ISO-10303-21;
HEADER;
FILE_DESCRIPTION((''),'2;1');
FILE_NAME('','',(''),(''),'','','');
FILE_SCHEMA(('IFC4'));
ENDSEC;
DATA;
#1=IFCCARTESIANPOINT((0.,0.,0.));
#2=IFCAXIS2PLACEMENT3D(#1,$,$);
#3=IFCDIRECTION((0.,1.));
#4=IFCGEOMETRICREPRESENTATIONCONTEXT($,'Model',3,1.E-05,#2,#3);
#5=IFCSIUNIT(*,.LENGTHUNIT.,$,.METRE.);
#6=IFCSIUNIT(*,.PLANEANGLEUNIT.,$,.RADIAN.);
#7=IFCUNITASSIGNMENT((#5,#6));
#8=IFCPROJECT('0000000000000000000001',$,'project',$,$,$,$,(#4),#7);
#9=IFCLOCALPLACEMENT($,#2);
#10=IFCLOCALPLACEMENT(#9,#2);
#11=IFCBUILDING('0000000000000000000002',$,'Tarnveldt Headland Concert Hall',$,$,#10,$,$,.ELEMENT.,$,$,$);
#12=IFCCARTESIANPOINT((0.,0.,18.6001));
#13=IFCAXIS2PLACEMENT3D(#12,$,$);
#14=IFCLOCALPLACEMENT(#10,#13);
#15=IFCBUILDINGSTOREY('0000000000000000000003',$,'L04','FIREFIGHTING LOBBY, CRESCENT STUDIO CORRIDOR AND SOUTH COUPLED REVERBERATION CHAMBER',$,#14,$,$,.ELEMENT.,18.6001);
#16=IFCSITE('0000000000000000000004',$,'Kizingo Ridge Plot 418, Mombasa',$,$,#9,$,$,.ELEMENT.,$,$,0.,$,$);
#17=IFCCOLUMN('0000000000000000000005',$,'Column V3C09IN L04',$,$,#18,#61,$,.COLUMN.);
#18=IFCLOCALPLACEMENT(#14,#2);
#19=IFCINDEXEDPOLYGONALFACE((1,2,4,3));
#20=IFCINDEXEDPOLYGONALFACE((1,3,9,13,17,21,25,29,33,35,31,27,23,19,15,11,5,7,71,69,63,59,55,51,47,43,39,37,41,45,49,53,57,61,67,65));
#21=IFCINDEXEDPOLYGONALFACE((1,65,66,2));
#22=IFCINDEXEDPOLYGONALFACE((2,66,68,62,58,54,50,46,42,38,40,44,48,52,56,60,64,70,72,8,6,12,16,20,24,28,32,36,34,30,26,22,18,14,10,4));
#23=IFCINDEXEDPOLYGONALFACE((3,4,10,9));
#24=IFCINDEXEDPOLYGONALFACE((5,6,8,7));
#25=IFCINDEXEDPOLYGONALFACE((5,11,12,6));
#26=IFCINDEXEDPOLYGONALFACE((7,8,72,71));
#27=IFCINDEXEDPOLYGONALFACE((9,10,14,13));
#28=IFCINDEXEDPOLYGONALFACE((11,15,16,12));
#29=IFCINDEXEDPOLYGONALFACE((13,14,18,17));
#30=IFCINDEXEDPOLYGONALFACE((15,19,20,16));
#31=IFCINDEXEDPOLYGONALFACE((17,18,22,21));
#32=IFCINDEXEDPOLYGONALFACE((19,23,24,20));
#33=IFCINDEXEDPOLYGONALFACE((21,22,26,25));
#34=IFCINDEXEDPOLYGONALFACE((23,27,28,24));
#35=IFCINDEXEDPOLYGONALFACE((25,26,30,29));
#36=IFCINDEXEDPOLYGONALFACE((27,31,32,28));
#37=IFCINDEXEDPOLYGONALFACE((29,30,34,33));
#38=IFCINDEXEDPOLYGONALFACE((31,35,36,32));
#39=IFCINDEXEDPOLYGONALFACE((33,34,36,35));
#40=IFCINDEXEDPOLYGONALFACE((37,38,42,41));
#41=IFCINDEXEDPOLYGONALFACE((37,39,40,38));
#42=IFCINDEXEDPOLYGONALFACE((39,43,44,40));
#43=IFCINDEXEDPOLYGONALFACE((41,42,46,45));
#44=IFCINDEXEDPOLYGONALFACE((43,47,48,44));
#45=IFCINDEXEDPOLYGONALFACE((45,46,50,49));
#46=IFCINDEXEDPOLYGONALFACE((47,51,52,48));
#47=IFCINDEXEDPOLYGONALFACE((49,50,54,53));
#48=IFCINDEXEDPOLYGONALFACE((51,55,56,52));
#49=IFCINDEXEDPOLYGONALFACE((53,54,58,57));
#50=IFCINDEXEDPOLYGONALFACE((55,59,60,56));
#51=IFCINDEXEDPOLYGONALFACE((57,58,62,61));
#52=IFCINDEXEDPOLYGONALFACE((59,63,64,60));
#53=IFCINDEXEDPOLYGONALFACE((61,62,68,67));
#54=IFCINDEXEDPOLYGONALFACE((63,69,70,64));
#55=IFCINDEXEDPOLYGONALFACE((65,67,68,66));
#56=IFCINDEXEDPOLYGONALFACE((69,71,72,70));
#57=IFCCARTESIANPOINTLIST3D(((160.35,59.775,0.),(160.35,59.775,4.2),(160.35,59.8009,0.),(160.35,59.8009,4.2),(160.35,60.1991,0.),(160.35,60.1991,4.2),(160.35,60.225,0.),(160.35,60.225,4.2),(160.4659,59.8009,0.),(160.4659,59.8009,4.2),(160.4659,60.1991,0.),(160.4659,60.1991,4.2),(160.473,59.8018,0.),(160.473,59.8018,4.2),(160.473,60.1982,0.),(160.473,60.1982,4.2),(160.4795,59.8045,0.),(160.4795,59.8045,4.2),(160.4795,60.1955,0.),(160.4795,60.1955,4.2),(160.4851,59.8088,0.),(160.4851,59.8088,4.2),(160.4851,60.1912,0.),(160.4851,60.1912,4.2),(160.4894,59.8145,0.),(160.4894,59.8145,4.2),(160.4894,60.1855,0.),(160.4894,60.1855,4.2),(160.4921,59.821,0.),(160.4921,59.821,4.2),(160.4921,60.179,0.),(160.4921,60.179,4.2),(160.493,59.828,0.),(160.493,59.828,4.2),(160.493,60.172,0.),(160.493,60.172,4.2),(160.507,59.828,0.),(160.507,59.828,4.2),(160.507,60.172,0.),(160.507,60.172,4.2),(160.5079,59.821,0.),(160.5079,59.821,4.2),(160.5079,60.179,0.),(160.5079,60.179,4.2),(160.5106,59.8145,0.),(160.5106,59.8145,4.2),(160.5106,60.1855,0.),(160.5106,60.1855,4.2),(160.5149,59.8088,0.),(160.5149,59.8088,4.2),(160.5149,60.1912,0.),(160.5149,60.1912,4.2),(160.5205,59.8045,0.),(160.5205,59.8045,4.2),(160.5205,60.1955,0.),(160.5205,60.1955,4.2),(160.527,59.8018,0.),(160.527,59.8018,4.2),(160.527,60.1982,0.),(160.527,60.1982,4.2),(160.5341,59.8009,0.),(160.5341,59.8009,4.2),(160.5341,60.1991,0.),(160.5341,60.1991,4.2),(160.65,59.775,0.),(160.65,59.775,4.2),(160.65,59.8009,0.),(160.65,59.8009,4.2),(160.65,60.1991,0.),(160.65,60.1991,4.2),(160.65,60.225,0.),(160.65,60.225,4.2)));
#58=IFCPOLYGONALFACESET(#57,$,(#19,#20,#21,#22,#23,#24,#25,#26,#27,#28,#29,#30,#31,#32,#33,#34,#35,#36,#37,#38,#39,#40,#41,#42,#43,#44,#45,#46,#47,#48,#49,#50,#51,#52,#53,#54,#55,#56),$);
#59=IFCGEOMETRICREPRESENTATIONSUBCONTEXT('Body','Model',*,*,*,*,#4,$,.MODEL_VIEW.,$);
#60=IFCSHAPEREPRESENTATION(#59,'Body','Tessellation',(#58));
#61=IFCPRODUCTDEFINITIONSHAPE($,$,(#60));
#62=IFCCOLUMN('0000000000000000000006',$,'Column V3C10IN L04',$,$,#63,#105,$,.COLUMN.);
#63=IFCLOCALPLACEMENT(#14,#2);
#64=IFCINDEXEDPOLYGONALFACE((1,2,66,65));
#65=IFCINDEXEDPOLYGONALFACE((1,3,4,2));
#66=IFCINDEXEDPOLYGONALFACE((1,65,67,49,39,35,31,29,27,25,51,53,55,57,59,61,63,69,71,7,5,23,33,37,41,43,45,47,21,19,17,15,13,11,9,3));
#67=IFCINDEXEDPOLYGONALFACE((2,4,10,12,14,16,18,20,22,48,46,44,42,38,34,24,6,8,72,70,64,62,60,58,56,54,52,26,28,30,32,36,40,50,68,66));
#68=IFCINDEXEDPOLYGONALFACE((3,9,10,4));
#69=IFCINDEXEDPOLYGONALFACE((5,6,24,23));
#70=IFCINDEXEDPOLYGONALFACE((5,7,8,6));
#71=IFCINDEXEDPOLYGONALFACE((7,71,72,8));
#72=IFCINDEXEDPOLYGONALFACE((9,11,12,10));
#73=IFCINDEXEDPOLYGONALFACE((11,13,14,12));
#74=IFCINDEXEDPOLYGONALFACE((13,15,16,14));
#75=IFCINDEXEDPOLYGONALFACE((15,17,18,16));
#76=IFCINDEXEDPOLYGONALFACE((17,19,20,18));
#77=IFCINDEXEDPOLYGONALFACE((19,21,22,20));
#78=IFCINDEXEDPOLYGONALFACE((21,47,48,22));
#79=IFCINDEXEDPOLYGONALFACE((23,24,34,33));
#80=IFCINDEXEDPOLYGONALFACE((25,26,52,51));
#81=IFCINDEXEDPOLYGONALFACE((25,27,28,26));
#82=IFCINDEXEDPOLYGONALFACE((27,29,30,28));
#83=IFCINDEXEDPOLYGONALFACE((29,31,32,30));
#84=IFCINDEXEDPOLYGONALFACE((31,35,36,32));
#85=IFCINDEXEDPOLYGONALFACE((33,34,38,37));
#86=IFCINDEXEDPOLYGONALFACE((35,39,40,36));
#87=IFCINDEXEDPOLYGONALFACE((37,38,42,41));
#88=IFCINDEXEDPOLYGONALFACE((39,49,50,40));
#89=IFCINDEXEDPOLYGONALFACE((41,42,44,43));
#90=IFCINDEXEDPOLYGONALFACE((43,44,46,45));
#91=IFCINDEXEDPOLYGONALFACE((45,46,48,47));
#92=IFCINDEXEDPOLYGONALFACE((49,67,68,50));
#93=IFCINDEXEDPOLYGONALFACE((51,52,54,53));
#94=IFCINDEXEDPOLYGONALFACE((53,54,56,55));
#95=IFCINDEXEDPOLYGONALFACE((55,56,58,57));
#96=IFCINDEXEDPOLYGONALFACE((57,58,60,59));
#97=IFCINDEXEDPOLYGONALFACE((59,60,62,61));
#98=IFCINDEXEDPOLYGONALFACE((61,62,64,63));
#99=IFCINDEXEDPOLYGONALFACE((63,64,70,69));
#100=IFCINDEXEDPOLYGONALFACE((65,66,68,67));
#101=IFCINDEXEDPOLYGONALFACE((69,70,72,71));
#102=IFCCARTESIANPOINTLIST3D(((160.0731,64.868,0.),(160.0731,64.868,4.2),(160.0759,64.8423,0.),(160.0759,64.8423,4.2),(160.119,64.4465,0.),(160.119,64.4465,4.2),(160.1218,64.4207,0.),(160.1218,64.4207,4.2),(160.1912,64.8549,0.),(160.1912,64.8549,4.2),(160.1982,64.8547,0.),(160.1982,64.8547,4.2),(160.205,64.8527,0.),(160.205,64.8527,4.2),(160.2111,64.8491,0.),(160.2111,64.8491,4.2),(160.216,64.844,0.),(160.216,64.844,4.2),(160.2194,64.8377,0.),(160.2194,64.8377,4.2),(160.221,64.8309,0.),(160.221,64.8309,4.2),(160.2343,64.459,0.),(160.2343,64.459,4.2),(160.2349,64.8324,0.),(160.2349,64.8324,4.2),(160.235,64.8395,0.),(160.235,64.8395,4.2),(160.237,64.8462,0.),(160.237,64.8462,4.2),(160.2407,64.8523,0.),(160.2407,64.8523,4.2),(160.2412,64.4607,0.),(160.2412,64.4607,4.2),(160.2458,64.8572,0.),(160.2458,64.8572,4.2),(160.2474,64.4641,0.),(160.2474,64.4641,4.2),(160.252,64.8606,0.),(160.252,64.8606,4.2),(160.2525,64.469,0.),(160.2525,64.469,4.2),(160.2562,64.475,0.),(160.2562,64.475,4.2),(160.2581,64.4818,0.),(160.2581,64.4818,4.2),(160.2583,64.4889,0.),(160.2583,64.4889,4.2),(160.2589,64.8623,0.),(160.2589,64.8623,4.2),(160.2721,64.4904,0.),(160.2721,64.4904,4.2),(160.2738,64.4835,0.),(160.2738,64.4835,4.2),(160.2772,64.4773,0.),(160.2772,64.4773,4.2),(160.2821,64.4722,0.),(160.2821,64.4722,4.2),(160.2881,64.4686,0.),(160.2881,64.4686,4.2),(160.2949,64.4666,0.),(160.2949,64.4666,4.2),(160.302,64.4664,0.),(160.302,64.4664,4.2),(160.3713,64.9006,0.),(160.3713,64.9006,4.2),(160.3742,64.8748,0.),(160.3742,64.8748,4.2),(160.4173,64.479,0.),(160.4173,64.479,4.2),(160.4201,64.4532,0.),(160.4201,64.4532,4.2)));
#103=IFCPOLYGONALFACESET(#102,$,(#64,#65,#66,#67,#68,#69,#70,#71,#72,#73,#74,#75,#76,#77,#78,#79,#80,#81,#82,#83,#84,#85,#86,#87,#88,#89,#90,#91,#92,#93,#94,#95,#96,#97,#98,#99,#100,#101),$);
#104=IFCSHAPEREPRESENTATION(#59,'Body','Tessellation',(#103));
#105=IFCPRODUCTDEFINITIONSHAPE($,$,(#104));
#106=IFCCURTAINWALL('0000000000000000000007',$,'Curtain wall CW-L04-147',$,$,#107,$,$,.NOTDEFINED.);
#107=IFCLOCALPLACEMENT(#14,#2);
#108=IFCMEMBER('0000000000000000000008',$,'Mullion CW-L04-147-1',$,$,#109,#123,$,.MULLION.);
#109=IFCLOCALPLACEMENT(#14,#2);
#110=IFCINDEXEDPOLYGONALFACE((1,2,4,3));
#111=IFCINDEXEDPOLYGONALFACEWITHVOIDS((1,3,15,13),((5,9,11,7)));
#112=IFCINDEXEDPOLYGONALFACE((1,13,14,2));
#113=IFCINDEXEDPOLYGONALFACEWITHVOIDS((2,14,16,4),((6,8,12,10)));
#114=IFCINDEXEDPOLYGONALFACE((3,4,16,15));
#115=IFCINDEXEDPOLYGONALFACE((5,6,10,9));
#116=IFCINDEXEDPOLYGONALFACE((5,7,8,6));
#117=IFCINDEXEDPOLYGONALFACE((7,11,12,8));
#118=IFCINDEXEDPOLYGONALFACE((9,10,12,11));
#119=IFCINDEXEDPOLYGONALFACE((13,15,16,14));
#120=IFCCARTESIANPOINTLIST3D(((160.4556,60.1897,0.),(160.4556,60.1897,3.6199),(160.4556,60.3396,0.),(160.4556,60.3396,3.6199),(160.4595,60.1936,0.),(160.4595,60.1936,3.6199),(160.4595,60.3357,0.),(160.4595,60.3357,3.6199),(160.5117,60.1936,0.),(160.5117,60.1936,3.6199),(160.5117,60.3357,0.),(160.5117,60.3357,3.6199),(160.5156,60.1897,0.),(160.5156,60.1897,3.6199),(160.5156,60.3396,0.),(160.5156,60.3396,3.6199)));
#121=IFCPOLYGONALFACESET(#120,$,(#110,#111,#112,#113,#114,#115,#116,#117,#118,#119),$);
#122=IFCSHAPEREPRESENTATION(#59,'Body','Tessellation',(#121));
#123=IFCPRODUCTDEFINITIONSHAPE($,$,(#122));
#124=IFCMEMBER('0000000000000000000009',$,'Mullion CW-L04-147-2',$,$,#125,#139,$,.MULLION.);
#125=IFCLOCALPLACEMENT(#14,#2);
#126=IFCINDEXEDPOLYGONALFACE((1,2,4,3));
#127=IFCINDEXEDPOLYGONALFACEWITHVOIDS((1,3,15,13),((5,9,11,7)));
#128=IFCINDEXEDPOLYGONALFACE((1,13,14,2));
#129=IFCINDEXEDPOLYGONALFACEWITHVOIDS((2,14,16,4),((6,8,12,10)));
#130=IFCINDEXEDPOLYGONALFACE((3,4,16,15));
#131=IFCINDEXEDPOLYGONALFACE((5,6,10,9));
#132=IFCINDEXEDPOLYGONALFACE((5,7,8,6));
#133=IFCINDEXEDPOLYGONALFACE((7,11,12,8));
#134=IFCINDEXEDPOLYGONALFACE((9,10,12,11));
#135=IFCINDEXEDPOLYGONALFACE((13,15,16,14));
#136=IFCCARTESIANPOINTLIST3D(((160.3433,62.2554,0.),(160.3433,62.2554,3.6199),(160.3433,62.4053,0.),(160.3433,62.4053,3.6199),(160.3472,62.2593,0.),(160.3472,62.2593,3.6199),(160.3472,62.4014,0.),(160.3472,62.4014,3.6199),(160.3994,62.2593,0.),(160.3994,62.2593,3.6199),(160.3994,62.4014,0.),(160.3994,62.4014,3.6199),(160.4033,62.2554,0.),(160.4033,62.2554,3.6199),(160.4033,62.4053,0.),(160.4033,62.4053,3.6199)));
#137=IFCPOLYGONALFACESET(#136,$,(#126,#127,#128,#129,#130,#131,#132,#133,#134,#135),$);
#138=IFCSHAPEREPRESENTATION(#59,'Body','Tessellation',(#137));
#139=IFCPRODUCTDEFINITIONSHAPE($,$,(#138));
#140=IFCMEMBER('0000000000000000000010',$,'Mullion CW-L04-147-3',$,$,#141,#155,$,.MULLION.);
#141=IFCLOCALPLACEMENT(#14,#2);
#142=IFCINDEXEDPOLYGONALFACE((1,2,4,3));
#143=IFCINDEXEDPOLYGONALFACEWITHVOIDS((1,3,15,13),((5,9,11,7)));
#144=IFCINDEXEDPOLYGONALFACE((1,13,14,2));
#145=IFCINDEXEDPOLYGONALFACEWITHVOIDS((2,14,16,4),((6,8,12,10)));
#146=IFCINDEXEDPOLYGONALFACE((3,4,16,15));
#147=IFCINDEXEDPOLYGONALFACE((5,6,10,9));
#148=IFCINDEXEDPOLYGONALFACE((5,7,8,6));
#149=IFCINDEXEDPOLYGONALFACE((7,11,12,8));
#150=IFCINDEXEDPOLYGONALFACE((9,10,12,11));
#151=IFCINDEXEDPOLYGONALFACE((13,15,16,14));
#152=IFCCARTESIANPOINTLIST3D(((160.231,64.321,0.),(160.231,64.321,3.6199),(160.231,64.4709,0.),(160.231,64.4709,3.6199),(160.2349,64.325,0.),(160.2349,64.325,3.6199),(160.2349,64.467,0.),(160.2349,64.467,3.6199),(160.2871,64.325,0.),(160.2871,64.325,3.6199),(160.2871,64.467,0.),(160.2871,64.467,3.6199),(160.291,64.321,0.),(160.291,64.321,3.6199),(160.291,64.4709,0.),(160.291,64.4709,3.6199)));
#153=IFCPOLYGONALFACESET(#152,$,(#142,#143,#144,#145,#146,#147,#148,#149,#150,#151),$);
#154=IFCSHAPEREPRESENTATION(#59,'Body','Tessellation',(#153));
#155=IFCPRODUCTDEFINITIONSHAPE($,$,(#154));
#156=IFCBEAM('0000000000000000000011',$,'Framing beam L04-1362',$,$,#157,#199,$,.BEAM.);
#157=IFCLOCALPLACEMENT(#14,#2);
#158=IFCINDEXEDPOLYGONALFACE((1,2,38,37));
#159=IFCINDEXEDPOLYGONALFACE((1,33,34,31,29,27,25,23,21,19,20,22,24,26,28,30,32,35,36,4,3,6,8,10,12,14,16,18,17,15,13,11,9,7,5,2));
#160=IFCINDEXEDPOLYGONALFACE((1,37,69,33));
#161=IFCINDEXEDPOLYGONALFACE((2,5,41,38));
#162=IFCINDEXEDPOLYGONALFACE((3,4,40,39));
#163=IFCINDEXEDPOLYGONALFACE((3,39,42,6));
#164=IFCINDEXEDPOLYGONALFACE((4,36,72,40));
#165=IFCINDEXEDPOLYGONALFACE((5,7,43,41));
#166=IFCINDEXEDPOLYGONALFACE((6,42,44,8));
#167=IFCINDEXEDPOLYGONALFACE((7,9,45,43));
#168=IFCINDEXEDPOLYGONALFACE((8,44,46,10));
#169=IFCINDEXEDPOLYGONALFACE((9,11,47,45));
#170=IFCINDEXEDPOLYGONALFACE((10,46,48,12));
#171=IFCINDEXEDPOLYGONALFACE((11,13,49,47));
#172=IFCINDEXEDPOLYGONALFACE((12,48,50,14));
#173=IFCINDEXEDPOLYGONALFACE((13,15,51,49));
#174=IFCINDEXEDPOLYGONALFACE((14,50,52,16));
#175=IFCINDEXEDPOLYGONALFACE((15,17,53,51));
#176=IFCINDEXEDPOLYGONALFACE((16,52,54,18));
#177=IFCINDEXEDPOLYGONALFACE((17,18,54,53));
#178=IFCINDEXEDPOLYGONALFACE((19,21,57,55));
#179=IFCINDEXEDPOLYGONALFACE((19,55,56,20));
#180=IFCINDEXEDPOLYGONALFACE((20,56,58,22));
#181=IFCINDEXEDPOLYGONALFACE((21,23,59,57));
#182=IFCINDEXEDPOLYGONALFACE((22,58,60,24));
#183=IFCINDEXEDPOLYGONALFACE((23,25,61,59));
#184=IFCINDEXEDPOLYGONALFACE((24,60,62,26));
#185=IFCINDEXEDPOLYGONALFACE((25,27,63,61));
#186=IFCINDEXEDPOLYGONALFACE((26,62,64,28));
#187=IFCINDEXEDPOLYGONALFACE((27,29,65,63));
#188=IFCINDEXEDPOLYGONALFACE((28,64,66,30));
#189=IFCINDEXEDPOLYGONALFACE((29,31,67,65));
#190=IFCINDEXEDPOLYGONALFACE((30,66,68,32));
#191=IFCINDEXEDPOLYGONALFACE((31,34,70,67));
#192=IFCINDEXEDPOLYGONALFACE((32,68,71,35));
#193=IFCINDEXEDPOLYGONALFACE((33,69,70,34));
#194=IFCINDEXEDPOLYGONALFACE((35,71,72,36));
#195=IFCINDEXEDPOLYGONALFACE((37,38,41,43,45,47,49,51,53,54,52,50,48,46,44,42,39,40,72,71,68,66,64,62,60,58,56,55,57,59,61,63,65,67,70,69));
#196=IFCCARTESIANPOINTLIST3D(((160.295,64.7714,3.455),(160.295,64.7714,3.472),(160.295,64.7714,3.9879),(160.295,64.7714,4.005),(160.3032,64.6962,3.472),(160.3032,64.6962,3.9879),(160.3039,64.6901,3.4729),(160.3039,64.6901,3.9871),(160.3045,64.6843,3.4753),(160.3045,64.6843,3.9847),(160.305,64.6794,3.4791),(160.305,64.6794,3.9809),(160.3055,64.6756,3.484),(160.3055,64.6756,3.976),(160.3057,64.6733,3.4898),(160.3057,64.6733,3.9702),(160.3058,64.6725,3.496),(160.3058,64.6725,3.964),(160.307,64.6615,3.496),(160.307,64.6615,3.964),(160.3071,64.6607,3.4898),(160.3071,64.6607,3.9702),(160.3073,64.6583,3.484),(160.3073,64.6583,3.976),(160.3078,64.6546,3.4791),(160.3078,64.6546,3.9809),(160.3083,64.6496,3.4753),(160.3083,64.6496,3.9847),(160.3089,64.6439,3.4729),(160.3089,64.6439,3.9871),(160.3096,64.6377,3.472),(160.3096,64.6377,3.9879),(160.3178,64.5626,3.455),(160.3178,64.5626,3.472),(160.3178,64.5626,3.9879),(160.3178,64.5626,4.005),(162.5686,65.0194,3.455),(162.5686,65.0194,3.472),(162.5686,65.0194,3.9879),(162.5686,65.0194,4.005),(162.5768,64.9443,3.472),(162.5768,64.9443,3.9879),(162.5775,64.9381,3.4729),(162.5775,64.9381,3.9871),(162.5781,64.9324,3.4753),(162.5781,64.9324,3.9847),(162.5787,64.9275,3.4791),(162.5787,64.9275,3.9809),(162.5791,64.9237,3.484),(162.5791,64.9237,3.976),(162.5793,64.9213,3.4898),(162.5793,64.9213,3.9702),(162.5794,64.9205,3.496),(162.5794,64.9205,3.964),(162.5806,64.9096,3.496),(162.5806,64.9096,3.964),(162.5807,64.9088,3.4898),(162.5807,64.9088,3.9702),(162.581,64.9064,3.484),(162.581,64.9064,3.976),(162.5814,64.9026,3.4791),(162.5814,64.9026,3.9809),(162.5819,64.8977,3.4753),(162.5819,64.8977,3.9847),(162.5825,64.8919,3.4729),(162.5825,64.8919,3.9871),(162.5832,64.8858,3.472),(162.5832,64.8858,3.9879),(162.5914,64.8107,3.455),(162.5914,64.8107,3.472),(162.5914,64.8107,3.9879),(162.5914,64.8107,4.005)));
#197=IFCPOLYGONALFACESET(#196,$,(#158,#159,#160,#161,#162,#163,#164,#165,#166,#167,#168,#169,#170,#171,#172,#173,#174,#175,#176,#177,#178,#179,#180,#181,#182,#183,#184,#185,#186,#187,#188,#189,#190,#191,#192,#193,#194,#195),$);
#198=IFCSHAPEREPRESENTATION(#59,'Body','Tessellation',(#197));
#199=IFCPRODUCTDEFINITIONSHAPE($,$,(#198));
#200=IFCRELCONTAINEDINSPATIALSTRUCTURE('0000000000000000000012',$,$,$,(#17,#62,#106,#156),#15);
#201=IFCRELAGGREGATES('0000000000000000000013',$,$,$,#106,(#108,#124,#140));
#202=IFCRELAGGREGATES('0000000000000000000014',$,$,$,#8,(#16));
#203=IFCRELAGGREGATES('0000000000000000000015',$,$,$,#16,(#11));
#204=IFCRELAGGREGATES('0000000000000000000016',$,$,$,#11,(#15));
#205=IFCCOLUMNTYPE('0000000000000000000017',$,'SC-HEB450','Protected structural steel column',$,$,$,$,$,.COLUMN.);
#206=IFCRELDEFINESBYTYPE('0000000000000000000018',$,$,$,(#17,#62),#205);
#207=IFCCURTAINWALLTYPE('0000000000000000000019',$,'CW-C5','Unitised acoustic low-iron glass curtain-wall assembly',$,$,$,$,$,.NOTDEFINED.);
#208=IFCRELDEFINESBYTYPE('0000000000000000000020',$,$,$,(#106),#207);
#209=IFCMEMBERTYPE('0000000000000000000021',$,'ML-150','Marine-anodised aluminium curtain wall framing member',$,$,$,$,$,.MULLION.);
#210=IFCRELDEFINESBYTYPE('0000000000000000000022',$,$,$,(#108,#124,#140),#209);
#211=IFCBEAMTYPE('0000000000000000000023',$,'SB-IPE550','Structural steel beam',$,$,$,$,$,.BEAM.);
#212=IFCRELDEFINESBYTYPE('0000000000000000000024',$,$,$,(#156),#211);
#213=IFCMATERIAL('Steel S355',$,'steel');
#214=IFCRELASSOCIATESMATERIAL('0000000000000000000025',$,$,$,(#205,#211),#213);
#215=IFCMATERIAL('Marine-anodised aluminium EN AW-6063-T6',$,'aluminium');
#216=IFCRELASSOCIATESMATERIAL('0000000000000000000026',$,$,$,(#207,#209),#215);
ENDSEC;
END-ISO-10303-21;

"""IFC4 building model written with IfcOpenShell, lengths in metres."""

from ifc_helpers import new_model, si_unit, direction, frame, origin, origin_2d, place, context, subcontext, project, spatial, hollow_rectangle, i_section, extrude, material, material_profile, profile_set, type_object, element, aggregate, save


model = new_model("IFC4")

# Units and contexts
model_context = context("Model", 3, precision=1e-05, world=origin(), true_north=direction((0.0, 1.0)))
body_context = subcontext(model_context, "Body", "Model", "MODEL_VIEW")
ifc_project = project(units=[si_unit("LENGTHUNIT", "METRE"), si_unit("PLANEANGLEUNIT", "RADIAN")], contexts=[model_context])

# Site, building, storey
site_placement = place(None, origin())
site = spatial("IfcSite", under=ifc_project, at=site_placement, Name="Kizingo Ridge Plot 418, Mombasa", CompositionType="ELEMENT", RefElevation=0.0)
building_placement = place(site_placement, origin())
building = spatial("IfcBuilding", under=site, at=building_placement, Name="Tarnveldt Headland Concert Hall", CompositionType="ELEMENT")
storey_placement = place(building_placement, frame((0.0, 0.0, 18.6001)))
storey = spatial("IfcBuildingStorey", under=building, at=storey_placement, Name="L04", Description="FIREFIGHTING LOBBY, CRESCENT STUDIO CORRIDOR AND SOUTH COUPLED REVERBERATION CHAMBER", CompositionType="ELEMENT", Elevation=18.6001)

# Columns
ifc_material_1 = material(Name="Steel S355", Category="steel")
ifc_material_profile_1 = material_profile(ifc_material_1, i_section(OverallWidth=0.3, OverallDepth=0.45, WebThickness=0.0139, FlangeThickness=0.0259, FilletRadius=0.0271, at=origin_2d()), Name="HEB450", Category="steel")
ifc_profile_set_1 = profile_set([ifc_material_profile_1], Name="Steel S355")
column_type = type_object("IfcColumnType", Name="SC-HEB450", Description="Protected structural steel column", PredefinedType="COLUMN", material=ifc_profile_set_1)
for number, where, z_axis, x_axis, name in (
    (1, (160.5, 60.0, 0.0), (0.0, 0.0, 1.0), (1.0, 0.0, 0.0), "Column V3C09IN L04"),
    (2, (160.2466, 64.6606, 0.0), (0.0, 0.0, 1.0), (0.994113, 0.108346, 0.0), "Column V3C10IN L04"),
):
    element("IfcColumn", number, at=place(storey_placement, frame(where, z_axis=z_axis, x_axis=x_axis)), inside=storey, type_object=column_type, Name=name, PredefinedType="COLUMN", context=body_context, shape_type="SweptSolid", body=[
        extrude(i_section(OverallWidth=0.3, OverallDepth=0.45, WebThickness=0.0139, FlangeThickness=0.0259, FilletRadius=0.0271, at=origin_2d()), origin(), (0.0, 0.0, 1.0), 4.2),
    ])

# Curtain wall, members
ifc_material_2 = material(Name="Marine-anodised aluminium EN AW-6063-T6", Category="aluminium")
curtain_wall_type = type_object("IfcCurtainWallType", Name="CW-C5", Description="Unitised acoustic low-iron glass curtain-wall assembly", PredefinedType="NOTDEFINED", material=ifc_material_2)
curtain_wall_placement = place(storey_placement, origin())
curtain_wall = element("IfcCurtainWall", 3, at=curtain_wall_placement, inside=storey, type_object=curtain_wall_type, Name="Curtain wall CW-L04-147", PredefinedType="NOTDEFINED")
ifc_material_profile_2 = material_profile(ifc_material_2, hollow_rectangle(XDim=0.0601, YDim=0.1499, WallThickness=0.0039, at=origin_2d()), Name="ALU MULLION 60x150x4", Category="aluminium")
ifc_profile_set_2 = profile_set([ifc_material_profile_2], Name="Marine-anodised aluminium EN AW-6063-T6")
member_type_1 = type_object("IfcMemberType", Name="ML-150", Description="Marine-anodised aluminium curtain wall framing member", PredefinedType="MULLION", material=ifc_profile_set_2)
member_1_placement = place(storey_placement, frame((160.4856, 60.2646, 0.0), z_axis=(0.0, 0.0, 1.0), x_axis=(1.0, 0.0, 0.0)))
member_1 = element("IfcMember", 4, at=member_1_placement, type_object=member_type_1, Name="Mullion CW-L04-147-1", PredefinedType="MULLION", context=body_context, shape_type="SweptSolid", body=[
    extrude(hollow_rectangle(XDim=0.0601, YDim=0.1499, WallThickness=0.0039, at=origin_2d()), origin(), (0.0, 0.0, 1.0), 3.6199),
])
member_2_placement = place(storey_placement, frame((160.3733, 62.3303, 0.0), z_axis=(0.0, 0.0, 1.0), x_axis=(1.0, 0.0, 0.0)))
member_2 = element("IfcMember", 5, at=member_2_placement, type_object=member_type_1, Name="Mullion CW-L04-147-2", PredefinedType="MULLION", context=body_context, shape_type="SweptSolid", body=[
    extrude(hollow_rectangle(XDim=0.0601, YDim=0.1499, WallThickness=0.0039, at=origin_2d()), origin(), (0.0, 0.0, 1.0), 3.6199),
])
member_3_placement = place(storey_placement, frame((160.261, 64.396, 0.0), z_axis=(0.0, 0.0, 1.0), x_axis=(1.0, 0.0, 0.0)))
member_3 = element("IfcMember", 6, at=member_3_placement, type_object=member_type_1, Name="Mullion CW-L04-147-3", PredefinedType="MULLION", context=body_context, shape_type="SweptSolid", body=[
    extrude(hollow_rectangle(XDim=0.0601, YDim=0.1499, WallThickness=0.0039, at=origin_2d()), origin(), (0.0, 0.0, 1.0), 3.6199),
])

# Beam
ifc_material_profile_3 = material_profile(ifc_material_1, i_section(OverallWidth=0.21, OverallDepth=0.55, WebThickness=0.011, FlangeThickness=0.0171, FilletRadius=0.0239, at=origin_2d()), Name="IPE550", Category="steel")
ifc_profile_set_3 = profile_set([ifc_material_profile_3], Name="Steel S355")
beam_type_1 = type_object("IfcBeamType", Name="SB-IPE550", Description="Structural steel beam", PredefinedType="BEAM", material=ifc_profile_set_3)
beam_1_placement = place(storey_placement, frame((160.3064, 64.667, 3.73), z_axis=(0.994102, 0.108451, 0.0), x_axis=(-0.108451, 0.994102, 0.0)))
element("IfcBeam", 7, at=beam_1_placement, inside=storey, type_object=beam_type_1, Name="Framing beam L04-1362", PredefinedType="BEAM", context=body_context, shape_type="SweptSolid", body=[
    extrude(i_section(OverallWidth=0.21, OverallDepth=0.55, WebThickness=0.011, FlangeThickness=0.0171, FilletRadius=0.0239, at=origin_2d()), origin(), (0.0, 0.0, 1.0), 2.2871),
])

aggregate(curtain_wall, [member_1, member_2, member_3])

save(model, "model.ifc")
